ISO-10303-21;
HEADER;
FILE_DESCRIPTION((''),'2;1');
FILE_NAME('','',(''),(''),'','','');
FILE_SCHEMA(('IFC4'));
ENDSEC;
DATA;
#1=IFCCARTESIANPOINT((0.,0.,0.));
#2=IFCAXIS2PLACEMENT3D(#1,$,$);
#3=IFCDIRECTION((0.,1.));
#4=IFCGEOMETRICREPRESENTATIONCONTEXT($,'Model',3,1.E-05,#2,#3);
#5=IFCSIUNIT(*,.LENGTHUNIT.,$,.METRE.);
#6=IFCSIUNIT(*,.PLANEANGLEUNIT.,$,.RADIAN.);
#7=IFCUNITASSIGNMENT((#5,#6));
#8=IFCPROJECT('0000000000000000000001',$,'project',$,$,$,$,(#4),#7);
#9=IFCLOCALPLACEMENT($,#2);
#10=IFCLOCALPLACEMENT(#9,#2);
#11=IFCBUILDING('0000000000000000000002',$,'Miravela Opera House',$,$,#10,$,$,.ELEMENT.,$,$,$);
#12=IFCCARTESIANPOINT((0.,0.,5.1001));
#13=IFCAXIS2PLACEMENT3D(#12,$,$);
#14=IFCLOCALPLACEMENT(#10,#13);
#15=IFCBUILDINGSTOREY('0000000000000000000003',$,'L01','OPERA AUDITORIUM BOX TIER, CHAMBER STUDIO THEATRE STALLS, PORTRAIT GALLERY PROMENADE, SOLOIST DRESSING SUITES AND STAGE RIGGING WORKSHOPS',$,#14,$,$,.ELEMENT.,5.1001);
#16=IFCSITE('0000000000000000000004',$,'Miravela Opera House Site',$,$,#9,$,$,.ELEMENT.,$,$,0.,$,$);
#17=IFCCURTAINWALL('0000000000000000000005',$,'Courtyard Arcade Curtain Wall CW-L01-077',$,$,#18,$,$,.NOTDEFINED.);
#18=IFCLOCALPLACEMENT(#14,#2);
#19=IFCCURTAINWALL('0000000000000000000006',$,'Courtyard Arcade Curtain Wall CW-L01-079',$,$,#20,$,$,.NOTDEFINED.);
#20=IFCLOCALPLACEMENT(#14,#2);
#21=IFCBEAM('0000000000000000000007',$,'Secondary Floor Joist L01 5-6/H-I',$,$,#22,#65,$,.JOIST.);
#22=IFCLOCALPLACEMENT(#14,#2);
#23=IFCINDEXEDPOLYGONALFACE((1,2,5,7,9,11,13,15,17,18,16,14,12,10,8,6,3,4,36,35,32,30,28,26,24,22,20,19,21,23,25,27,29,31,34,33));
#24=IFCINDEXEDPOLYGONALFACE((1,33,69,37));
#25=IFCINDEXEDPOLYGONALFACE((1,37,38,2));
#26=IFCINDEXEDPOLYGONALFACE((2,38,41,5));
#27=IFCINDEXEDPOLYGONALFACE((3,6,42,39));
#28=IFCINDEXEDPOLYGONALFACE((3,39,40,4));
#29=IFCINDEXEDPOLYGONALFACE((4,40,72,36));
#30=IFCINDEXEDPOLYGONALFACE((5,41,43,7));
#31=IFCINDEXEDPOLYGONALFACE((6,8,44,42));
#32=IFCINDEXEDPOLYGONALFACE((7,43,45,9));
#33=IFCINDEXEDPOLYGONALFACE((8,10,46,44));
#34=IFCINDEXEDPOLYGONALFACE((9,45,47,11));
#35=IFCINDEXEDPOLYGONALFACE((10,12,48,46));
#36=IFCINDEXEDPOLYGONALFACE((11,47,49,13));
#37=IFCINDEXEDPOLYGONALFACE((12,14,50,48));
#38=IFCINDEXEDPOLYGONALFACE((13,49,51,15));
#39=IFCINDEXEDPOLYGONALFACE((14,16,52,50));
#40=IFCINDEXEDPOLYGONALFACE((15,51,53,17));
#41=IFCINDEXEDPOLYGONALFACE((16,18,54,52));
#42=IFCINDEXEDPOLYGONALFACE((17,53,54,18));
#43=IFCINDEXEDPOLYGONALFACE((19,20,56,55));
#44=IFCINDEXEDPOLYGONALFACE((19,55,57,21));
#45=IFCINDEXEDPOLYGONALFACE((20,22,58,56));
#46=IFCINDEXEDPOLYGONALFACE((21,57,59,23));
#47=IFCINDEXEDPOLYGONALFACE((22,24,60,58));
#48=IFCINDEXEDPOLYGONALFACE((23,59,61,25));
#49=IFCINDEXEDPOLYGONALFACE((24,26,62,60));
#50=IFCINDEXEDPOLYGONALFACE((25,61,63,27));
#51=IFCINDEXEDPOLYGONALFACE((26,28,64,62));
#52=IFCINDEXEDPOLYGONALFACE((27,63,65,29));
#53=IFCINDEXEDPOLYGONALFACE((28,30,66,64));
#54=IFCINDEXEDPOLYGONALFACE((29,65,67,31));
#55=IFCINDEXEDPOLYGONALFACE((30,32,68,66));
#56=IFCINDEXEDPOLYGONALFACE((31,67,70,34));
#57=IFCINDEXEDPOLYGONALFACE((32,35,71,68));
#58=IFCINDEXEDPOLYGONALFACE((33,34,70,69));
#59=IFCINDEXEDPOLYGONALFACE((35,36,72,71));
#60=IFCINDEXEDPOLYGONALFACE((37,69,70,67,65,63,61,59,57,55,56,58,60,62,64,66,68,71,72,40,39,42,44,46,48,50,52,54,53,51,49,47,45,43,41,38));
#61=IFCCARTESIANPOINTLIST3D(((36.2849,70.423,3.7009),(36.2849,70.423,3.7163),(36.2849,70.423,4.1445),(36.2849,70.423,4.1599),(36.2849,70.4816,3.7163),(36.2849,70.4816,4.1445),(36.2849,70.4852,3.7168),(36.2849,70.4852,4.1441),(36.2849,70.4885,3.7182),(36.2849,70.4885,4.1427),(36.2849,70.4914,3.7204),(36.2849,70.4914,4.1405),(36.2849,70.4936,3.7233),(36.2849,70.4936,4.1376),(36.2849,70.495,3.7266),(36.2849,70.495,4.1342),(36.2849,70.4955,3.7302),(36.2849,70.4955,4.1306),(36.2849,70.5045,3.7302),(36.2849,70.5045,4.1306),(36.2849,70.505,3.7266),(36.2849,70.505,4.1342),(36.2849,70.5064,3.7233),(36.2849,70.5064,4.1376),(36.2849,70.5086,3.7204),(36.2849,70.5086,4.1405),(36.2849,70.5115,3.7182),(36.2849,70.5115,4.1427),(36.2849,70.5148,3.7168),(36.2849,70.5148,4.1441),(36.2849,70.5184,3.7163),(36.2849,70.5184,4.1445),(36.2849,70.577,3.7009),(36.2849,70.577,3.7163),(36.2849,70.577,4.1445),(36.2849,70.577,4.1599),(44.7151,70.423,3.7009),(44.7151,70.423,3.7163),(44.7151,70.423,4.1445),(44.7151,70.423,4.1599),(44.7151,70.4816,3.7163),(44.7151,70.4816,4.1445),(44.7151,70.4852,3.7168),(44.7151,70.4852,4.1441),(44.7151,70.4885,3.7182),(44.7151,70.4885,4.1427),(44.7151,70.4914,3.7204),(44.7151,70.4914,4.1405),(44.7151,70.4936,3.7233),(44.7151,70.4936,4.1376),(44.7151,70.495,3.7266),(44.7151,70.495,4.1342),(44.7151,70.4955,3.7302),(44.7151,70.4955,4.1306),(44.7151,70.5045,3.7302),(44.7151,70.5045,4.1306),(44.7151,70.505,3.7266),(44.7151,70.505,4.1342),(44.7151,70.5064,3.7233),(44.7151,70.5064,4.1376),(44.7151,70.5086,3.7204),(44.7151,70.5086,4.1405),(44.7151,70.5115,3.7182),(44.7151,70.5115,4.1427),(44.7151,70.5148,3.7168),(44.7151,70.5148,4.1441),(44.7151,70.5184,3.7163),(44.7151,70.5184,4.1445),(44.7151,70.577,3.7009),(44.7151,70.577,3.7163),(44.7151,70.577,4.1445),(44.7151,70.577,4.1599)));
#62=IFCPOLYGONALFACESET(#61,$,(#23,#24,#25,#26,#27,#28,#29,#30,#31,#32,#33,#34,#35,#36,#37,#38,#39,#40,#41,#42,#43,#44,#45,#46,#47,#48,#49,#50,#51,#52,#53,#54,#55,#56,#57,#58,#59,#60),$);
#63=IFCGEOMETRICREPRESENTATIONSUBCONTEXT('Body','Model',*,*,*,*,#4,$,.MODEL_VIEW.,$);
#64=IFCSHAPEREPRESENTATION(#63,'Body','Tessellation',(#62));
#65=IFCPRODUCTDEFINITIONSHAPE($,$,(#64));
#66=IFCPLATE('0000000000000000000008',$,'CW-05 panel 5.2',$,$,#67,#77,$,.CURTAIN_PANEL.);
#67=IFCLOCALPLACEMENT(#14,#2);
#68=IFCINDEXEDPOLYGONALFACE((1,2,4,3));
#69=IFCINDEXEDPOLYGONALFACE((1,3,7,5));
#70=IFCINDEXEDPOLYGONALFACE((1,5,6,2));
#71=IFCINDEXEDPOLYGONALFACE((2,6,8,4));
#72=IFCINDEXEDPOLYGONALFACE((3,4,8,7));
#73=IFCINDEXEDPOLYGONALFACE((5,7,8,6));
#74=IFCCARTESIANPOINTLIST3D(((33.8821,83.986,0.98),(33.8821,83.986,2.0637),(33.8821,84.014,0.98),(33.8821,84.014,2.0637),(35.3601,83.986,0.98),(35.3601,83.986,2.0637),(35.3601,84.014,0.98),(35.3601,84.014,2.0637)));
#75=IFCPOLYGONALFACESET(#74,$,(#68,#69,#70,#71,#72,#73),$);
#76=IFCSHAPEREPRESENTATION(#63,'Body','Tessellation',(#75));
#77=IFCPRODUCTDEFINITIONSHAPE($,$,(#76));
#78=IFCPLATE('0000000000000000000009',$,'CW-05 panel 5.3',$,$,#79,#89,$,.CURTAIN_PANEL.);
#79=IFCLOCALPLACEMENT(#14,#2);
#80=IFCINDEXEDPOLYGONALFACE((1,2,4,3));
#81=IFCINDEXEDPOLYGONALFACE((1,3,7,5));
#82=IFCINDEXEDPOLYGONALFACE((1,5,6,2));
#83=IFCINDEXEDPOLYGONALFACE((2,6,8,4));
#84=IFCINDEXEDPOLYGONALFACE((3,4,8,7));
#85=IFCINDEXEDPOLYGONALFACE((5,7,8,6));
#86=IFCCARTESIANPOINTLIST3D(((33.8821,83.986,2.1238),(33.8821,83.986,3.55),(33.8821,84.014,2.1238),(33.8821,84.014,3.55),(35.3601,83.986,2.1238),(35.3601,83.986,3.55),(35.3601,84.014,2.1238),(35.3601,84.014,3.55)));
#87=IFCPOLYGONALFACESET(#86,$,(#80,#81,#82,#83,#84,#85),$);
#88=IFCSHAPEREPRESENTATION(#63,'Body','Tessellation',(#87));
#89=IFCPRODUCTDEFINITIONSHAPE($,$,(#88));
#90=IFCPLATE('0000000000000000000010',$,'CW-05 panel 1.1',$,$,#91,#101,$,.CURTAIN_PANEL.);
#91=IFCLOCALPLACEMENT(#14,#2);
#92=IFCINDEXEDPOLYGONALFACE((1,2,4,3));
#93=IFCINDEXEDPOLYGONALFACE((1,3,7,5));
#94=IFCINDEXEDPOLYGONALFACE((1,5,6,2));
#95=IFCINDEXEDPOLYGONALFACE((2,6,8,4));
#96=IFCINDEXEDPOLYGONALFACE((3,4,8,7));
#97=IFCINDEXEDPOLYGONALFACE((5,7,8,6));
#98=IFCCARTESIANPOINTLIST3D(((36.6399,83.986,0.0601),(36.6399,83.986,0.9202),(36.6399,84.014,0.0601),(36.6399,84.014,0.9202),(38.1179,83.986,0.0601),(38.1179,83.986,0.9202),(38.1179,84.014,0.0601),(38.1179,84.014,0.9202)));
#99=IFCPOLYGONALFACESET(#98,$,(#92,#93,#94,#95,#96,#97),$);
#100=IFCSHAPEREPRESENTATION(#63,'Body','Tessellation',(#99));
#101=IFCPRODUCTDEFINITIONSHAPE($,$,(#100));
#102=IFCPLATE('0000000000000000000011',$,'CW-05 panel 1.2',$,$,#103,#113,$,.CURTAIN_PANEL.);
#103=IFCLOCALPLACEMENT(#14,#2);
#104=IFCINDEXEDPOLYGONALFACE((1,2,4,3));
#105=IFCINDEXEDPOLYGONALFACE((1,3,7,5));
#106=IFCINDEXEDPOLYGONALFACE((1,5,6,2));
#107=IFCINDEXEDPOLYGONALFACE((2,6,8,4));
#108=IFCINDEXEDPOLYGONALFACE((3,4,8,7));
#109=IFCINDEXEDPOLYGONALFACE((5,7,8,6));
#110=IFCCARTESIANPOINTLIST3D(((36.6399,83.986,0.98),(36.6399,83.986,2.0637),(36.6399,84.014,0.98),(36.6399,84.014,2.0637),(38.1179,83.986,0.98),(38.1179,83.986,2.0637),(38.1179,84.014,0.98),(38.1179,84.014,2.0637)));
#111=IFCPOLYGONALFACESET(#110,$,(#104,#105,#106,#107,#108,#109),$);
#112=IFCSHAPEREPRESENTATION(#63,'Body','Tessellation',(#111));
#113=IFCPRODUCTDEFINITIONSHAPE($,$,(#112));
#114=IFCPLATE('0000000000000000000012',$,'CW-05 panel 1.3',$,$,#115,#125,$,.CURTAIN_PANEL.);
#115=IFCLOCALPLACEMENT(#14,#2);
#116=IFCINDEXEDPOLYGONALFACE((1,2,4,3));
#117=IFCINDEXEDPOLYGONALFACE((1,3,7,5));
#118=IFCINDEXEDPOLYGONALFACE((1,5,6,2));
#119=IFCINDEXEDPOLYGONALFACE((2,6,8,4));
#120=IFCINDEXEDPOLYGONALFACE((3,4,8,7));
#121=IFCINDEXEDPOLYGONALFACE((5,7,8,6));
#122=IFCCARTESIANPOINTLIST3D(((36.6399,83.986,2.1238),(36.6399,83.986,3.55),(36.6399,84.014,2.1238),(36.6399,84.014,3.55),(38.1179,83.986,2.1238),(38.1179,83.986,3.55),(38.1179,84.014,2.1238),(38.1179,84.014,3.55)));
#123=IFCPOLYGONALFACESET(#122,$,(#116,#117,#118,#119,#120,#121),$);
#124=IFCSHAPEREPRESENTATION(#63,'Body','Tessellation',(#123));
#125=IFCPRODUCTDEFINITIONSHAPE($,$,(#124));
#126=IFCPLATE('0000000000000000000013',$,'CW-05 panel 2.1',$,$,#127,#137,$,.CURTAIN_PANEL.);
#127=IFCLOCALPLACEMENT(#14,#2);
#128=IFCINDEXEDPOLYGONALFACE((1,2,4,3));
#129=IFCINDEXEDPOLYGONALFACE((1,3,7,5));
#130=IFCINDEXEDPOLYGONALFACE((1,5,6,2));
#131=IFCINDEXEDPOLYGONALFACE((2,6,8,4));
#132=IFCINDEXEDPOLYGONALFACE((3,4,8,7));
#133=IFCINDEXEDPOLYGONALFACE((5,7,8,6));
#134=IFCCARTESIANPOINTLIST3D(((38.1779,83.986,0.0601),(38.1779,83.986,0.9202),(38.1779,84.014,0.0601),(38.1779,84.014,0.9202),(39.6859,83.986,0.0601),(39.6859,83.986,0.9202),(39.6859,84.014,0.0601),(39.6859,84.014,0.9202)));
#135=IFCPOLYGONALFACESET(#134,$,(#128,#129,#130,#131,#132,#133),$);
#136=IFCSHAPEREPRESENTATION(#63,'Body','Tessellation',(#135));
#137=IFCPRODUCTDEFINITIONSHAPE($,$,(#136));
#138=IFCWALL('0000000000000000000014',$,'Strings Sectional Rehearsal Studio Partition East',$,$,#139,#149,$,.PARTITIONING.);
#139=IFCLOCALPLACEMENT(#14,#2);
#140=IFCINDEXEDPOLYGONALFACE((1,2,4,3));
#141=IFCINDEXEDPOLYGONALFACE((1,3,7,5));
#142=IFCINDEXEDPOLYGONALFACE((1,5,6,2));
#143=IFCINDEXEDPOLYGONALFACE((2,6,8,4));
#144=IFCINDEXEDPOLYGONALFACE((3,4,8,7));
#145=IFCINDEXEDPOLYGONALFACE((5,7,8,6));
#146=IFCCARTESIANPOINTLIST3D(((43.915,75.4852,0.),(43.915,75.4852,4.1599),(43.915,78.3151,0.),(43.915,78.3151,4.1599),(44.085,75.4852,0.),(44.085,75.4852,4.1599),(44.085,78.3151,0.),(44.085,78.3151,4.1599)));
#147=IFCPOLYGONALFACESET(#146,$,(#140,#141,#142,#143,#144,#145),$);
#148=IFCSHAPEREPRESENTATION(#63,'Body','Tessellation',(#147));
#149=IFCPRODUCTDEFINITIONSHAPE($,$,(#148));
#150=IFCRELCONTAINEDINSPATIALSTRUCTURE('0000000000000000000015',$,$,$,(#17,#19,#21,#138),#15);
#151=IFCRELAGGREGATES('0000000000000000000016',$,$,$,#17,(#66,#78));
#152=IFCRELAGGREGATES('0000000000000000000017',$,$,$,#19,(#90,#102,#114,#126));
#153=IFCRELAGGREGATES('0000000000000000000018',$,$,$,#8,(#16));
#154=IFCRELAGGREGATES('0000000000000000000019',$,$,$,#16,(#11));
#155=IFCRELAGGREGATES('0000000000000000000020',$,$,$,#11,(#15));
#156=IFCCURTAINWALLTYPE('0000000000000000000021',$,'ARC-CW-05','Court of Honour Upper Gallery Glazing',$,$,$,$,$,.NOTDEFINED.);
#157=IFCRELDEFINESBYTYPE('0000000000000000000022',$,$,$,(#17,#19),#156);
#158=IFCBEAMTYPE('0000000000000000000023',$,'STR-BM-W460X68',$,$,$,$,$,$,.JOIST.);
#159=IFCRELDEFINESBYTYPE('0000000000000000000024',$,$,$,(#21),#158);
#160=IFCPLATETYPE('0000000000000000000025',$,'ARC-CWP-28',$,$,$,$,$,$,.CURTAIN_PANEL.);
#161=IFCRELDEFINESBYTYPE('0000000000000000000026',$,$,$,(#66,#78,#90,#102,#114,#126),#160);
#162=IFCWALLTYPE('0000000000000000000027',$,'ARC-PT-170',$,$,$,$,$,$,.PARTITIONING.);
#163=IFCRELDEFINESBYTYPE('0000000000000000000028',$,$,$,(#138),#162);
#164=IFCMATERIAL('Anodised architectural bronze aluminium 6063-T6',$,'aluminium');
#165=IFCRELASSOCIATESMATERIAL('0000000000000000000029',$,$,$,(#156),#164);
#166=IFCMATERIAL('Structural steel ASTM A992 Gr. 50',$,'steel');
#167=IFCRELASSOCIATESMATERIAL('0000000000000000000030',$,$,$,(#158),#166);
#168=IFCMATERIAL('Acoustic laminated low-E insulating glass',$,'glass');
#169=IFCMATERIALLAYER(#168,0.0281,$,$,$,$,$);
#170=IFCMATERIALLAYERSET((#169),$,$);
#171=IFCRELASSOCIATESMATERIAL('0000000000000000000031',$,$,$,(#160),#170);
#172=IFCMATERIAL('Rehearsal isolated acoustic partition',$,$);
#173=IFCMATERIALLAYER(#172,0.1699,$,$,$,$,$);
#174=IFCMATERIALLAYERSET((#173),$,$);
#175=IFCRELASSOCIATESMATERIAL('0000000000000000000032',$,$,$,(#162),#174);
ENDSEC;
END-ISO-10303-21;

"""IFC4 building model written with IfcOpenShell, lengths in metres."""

from ifc_helpers import new_model, si_unit, direction, frame, frame_2d, origin, origin_2d, place, context, subcontext, project, spatial, rectangle, i_section, extrude, material, layer, layer_set, material_profile, profile_set, type_object, element, aggregate, save


model = new_model("IFC4")

# Units and contexts
model_context = context("Model", 3, precision=1e-05, world=origin(), true_north=direction((0.0, 1.0)))
body_context = subcontext(model_context, "Body", "Model", "MODEL_VIEW")
ifc_project = project(units=[si_unit("LENGTHUNIT", "METRE"), si_unit("PLANEANGLEUNIT", "RADIAN")], contexts=[model_context])

# Site, building, storey
site_placement = place(None, origin())
site = spatial("IfcSite", under=ifc_project, at=site_placement, Name="Miravela Opera House Site", CompositionType="ELEMENT", RefElevation=0.0)
building_placement = place(site_placement, origin())
building = spatial("IfcBuilding", under=site, at=building_placement, Name="Miravela Opera House", CompositionType="ELEMENT")
storey_placement = place(building_placement, frame((0.0, 0.0, 5.1001)))
storey = spatial("IfcBuildingStorey", under=building, at=storey_placement, Name="L01", Description="OPERA AUDITORIUM BOX TIER, CHAMBER STUDIO THEATRE STALLS, PORTRAIT GALLERY PROMENADE, SOLOIST DRESSING SUITES AND STAGE RIGGING WORKSHOPS", CompositionType="ELEMENT", Elevation=5.1001)

# Curtain wall
ifc_material_1 = material(Name="Anodised architectural bronze aluminium 6063-T6", Category="aluminium")
curtain_wall_type = type_object("IfcCurtainWallType", Name="ARC-CW-05", Description="Court of Honour Upper Gallery Glazing", PredefinedType="NOTDEFINED", material=ifc_material_1)
curtain_wall_1_placement = place(storey_placement, origin())
curtain_wall_1 = element("IfcCurtainWall", 1, at=curtain_wall_1_placement, inside=storey, type_object=curtain_wall_type, Name="Courtyard Arcade Curtain Wall CW-L01-077", PredefinedType="NOTDEFINED")

# Curtain wall
curtain_wall_2_placement = place(storey_placement, origin())
curtain_wall_2 = element("IfcCurtainWall", 2, at=curtain_wall_2_placement, inside=storey, type_object=curtain_wall_type, Name="Courtyard Arcade Curtain Wall CW-L01-079", PredefinedType="NOTDEFINED")

# Beam
ifc_material_2 = material(Name="Structural steel ASTM A992 Gr. 50", Category="steel")
ifc_material_profile_1 = material_profile(ifc_material_2, i_section(OverallWidth=0.1541, OverallDepth=0.459, WebThickness=0.009, FlangeThickness=0.0154, FilletRadius=0.0139, at=origin_2d()), Name="W460X68")
ifc_profile_set_1 = profile_set([ifc_material_profile_1])
beam_type_1 = type_object("IfcBeamType", Name="STR-BM-W460X68", PredefinedType="JOIST", material=ifc_profile_set_1)
beam_1_placement = place(storey_placement, frame((36.2849, 70.5, 3.9304), z_axis=(1.0, 0.0, 0.0), x_axis=(0.0, 1.0, 0.0)))
element("IfcBeam", 3, at=beam_1_placement, inside=storey, type_object=beam_type_1, Name="Secondary Floor Joist L01 5-6/H-I", PredefinedType="JOIST", context=body_context, shape_type="SweptSolid", body=[
    extrude(i_section(OverallWidth=0.1541, OverallDepth=0.459, WebThickness=0.009, FlangeThickness=0.0154, FilletRadius=0.0139, at=origin_2d()), origin(), (0.0, 0.0, 1.0), 8.4302),
])

# Plates
ifc_material_3 = material(Name="Acoustic laminated low-E insulating glass", Category="glass")
ifc_layer_1 = layer(ifc_material_3, 0.0281)
ifc_layer_set_1 = layer_set([ifc_layer_1])
plate_type = type_object("IfcPlateType", Name="ARC-CWP-28", PredefinedType="CURTAIN_PANEL", material=ifc_layer_set_1)
plate_1_placement = place(storey_placement, frame((34.6211, 84.0, 0.98), z_axis=(0.0, 0.0, 1.0), x_axis=(1.0, 0.0, 0.0)))
plate_1 = element("IfcPlate", 4, at=plate_1_placement, type_object=plate_type, Name="CW-05 panel 5.2", PredefinedType="CURTAIN_PANEL", context=body_context, shape_type="SweptSolid", body=[
    extrude(rectangle(XDim=1.478, YDim=0.0281, at=origin_2d()), origin(), (0.0, 0.0, 1.0), 1.0837),
])
plate_2_placement = place(storey_placement, frame((34.6211, 84.0, 2.1238), z_axis=(0.0, 0.0, 1.0), x_axis=(1.0, 0.0, 0.0)))
plate_2 = element("IfcPlate", 5, at=plate_2_placement, type_object=plate_type, Name="CW-05 panel 5.3", PredefinedType="CURTAIN_PANEL", context=body_context, shape_type="SweptSolid", body=[
    extrude(rectangle(XDim=1.478, YDim=0.0281, at=origin_2d()), origin(), (0.0, 0.0, 1.0), 1.4263),
])
aggregate(curtain_wall_1, [plate_1, plate_2])
plate_3_placement = place(storey_placement, frame((37.3789, 84.0, 0.0601), z_axis=(0.0, 0.0, 1.0), x_axis=(1.0, 0.0, 0.0)))
plate_3 = element("IfcPlate", 6, at=plate_3_placement, type_object=plate_type, Name="CW-05 panel 1.1", PredefinedType="CURTAIN_PANEL", context=body_context, shape_type="SweptSolid", body=[
    extrude(rectangle(XDim=1.478, YDim=0.0281, at=origin_2d()), origin(), (0.0, 0.0, 1.0), 0.8601),
])
plate_4_placement = place(storey_placement, frame((37.3789, 84.0, 0.98), z_axis=(0.0, 0.0, 1.0), x_axis=(1.0, 0.0, 0.0)))
plate_4 = element("IfcPlate", 7, at=plate_4_placement, type_object=plate_type, Name="CW-05 panel 1.2", PredefinedType="CURTAIN_PANEL", context=body_context, shape_type="SweptSolid", body=[
    extrude(rectangle(XDim=1.478, YDim=0.0281, at=origin_2d()), origin(), (0.0, 0.0, 1.0), 1.0837),
])
plate_5_placement = place(storey_placement, frame((37.3789, 84.0, 2.1238), z_axis=(0.0, 0.0, 1.0), x_axis=(1.0, 0.0, 0.0)))
plate_5 = element("IfcPlate", 8, at=plate_5_placement, type_object=plate_type, Name="CW-05 panel 1.3", PredefinedType="CURTAIN_PANEL", context=body_context, shape_type="SweptSolid", body=[
    extrude(rectangle(XDim=1.478, YDim=0.0281, at=origin_2d()), origin(), (0.0, 0.0, 1.0), 1.4263),
])
plate_6_placement = place(storey_placement, frame((38.9319, 84.0, 0.0601), z_axis=(0.0, 0.0, 1.0), x_axis=(1.0, 0.0, 0.0)))
plate_6 = element("IfcPlate", 9, at=plate_6_placement, type_object=plate_type, Name="CW-05 panel 2.1", PredefinedType="CURTAIN_PANEL", context=body_context, shape_type="SweptSolid", body=[
    extrude(rectangle(XDim=1.5081, YDim=0.0281, at=origin_2d()), origin(), (0.0, 0.0, 1.0), 0.8601),
])
aggregate(curtain_wall_2, [plate_3, plate_4, plate_5, plate_6])

# Wall
ifc_material_4 = material(Name="Rehearsal isolated acoustic partition")
ifc_layer_2 = layer(ifc_material_4, 0.1699)
ifc_layer_set_2 = layer_set([ifc_layer_2])
wall_type = type_object("IfcWallType", Name="ARC-PT-170", PredefinedType="PARTITIONING", material=ifc_layer_set_2)
wall_placement = place(storey_placement, frame((44.0, 75.4851, 0.0), z_axis=(0.0, 0.0, 1.0), x_axis=(0.0, 1.0, 0.0)))
element("IfcWall", 10, at=wall_placement, inside=storey, type_object=wall_type, Name="Strings Sectional Rehearsal Studio Partition East", PredefinedType="PARTITIONING", context=body_context, shape_type="SweptSolid", body=[
    extrude(rectangle(XDim=2.8298, YDim=0.1699, at=frame_2d((1.415, 0.0))), origin(), (0.0, 0.0, 1.0), 4.1599),
])

save(model, "model.ifc")
